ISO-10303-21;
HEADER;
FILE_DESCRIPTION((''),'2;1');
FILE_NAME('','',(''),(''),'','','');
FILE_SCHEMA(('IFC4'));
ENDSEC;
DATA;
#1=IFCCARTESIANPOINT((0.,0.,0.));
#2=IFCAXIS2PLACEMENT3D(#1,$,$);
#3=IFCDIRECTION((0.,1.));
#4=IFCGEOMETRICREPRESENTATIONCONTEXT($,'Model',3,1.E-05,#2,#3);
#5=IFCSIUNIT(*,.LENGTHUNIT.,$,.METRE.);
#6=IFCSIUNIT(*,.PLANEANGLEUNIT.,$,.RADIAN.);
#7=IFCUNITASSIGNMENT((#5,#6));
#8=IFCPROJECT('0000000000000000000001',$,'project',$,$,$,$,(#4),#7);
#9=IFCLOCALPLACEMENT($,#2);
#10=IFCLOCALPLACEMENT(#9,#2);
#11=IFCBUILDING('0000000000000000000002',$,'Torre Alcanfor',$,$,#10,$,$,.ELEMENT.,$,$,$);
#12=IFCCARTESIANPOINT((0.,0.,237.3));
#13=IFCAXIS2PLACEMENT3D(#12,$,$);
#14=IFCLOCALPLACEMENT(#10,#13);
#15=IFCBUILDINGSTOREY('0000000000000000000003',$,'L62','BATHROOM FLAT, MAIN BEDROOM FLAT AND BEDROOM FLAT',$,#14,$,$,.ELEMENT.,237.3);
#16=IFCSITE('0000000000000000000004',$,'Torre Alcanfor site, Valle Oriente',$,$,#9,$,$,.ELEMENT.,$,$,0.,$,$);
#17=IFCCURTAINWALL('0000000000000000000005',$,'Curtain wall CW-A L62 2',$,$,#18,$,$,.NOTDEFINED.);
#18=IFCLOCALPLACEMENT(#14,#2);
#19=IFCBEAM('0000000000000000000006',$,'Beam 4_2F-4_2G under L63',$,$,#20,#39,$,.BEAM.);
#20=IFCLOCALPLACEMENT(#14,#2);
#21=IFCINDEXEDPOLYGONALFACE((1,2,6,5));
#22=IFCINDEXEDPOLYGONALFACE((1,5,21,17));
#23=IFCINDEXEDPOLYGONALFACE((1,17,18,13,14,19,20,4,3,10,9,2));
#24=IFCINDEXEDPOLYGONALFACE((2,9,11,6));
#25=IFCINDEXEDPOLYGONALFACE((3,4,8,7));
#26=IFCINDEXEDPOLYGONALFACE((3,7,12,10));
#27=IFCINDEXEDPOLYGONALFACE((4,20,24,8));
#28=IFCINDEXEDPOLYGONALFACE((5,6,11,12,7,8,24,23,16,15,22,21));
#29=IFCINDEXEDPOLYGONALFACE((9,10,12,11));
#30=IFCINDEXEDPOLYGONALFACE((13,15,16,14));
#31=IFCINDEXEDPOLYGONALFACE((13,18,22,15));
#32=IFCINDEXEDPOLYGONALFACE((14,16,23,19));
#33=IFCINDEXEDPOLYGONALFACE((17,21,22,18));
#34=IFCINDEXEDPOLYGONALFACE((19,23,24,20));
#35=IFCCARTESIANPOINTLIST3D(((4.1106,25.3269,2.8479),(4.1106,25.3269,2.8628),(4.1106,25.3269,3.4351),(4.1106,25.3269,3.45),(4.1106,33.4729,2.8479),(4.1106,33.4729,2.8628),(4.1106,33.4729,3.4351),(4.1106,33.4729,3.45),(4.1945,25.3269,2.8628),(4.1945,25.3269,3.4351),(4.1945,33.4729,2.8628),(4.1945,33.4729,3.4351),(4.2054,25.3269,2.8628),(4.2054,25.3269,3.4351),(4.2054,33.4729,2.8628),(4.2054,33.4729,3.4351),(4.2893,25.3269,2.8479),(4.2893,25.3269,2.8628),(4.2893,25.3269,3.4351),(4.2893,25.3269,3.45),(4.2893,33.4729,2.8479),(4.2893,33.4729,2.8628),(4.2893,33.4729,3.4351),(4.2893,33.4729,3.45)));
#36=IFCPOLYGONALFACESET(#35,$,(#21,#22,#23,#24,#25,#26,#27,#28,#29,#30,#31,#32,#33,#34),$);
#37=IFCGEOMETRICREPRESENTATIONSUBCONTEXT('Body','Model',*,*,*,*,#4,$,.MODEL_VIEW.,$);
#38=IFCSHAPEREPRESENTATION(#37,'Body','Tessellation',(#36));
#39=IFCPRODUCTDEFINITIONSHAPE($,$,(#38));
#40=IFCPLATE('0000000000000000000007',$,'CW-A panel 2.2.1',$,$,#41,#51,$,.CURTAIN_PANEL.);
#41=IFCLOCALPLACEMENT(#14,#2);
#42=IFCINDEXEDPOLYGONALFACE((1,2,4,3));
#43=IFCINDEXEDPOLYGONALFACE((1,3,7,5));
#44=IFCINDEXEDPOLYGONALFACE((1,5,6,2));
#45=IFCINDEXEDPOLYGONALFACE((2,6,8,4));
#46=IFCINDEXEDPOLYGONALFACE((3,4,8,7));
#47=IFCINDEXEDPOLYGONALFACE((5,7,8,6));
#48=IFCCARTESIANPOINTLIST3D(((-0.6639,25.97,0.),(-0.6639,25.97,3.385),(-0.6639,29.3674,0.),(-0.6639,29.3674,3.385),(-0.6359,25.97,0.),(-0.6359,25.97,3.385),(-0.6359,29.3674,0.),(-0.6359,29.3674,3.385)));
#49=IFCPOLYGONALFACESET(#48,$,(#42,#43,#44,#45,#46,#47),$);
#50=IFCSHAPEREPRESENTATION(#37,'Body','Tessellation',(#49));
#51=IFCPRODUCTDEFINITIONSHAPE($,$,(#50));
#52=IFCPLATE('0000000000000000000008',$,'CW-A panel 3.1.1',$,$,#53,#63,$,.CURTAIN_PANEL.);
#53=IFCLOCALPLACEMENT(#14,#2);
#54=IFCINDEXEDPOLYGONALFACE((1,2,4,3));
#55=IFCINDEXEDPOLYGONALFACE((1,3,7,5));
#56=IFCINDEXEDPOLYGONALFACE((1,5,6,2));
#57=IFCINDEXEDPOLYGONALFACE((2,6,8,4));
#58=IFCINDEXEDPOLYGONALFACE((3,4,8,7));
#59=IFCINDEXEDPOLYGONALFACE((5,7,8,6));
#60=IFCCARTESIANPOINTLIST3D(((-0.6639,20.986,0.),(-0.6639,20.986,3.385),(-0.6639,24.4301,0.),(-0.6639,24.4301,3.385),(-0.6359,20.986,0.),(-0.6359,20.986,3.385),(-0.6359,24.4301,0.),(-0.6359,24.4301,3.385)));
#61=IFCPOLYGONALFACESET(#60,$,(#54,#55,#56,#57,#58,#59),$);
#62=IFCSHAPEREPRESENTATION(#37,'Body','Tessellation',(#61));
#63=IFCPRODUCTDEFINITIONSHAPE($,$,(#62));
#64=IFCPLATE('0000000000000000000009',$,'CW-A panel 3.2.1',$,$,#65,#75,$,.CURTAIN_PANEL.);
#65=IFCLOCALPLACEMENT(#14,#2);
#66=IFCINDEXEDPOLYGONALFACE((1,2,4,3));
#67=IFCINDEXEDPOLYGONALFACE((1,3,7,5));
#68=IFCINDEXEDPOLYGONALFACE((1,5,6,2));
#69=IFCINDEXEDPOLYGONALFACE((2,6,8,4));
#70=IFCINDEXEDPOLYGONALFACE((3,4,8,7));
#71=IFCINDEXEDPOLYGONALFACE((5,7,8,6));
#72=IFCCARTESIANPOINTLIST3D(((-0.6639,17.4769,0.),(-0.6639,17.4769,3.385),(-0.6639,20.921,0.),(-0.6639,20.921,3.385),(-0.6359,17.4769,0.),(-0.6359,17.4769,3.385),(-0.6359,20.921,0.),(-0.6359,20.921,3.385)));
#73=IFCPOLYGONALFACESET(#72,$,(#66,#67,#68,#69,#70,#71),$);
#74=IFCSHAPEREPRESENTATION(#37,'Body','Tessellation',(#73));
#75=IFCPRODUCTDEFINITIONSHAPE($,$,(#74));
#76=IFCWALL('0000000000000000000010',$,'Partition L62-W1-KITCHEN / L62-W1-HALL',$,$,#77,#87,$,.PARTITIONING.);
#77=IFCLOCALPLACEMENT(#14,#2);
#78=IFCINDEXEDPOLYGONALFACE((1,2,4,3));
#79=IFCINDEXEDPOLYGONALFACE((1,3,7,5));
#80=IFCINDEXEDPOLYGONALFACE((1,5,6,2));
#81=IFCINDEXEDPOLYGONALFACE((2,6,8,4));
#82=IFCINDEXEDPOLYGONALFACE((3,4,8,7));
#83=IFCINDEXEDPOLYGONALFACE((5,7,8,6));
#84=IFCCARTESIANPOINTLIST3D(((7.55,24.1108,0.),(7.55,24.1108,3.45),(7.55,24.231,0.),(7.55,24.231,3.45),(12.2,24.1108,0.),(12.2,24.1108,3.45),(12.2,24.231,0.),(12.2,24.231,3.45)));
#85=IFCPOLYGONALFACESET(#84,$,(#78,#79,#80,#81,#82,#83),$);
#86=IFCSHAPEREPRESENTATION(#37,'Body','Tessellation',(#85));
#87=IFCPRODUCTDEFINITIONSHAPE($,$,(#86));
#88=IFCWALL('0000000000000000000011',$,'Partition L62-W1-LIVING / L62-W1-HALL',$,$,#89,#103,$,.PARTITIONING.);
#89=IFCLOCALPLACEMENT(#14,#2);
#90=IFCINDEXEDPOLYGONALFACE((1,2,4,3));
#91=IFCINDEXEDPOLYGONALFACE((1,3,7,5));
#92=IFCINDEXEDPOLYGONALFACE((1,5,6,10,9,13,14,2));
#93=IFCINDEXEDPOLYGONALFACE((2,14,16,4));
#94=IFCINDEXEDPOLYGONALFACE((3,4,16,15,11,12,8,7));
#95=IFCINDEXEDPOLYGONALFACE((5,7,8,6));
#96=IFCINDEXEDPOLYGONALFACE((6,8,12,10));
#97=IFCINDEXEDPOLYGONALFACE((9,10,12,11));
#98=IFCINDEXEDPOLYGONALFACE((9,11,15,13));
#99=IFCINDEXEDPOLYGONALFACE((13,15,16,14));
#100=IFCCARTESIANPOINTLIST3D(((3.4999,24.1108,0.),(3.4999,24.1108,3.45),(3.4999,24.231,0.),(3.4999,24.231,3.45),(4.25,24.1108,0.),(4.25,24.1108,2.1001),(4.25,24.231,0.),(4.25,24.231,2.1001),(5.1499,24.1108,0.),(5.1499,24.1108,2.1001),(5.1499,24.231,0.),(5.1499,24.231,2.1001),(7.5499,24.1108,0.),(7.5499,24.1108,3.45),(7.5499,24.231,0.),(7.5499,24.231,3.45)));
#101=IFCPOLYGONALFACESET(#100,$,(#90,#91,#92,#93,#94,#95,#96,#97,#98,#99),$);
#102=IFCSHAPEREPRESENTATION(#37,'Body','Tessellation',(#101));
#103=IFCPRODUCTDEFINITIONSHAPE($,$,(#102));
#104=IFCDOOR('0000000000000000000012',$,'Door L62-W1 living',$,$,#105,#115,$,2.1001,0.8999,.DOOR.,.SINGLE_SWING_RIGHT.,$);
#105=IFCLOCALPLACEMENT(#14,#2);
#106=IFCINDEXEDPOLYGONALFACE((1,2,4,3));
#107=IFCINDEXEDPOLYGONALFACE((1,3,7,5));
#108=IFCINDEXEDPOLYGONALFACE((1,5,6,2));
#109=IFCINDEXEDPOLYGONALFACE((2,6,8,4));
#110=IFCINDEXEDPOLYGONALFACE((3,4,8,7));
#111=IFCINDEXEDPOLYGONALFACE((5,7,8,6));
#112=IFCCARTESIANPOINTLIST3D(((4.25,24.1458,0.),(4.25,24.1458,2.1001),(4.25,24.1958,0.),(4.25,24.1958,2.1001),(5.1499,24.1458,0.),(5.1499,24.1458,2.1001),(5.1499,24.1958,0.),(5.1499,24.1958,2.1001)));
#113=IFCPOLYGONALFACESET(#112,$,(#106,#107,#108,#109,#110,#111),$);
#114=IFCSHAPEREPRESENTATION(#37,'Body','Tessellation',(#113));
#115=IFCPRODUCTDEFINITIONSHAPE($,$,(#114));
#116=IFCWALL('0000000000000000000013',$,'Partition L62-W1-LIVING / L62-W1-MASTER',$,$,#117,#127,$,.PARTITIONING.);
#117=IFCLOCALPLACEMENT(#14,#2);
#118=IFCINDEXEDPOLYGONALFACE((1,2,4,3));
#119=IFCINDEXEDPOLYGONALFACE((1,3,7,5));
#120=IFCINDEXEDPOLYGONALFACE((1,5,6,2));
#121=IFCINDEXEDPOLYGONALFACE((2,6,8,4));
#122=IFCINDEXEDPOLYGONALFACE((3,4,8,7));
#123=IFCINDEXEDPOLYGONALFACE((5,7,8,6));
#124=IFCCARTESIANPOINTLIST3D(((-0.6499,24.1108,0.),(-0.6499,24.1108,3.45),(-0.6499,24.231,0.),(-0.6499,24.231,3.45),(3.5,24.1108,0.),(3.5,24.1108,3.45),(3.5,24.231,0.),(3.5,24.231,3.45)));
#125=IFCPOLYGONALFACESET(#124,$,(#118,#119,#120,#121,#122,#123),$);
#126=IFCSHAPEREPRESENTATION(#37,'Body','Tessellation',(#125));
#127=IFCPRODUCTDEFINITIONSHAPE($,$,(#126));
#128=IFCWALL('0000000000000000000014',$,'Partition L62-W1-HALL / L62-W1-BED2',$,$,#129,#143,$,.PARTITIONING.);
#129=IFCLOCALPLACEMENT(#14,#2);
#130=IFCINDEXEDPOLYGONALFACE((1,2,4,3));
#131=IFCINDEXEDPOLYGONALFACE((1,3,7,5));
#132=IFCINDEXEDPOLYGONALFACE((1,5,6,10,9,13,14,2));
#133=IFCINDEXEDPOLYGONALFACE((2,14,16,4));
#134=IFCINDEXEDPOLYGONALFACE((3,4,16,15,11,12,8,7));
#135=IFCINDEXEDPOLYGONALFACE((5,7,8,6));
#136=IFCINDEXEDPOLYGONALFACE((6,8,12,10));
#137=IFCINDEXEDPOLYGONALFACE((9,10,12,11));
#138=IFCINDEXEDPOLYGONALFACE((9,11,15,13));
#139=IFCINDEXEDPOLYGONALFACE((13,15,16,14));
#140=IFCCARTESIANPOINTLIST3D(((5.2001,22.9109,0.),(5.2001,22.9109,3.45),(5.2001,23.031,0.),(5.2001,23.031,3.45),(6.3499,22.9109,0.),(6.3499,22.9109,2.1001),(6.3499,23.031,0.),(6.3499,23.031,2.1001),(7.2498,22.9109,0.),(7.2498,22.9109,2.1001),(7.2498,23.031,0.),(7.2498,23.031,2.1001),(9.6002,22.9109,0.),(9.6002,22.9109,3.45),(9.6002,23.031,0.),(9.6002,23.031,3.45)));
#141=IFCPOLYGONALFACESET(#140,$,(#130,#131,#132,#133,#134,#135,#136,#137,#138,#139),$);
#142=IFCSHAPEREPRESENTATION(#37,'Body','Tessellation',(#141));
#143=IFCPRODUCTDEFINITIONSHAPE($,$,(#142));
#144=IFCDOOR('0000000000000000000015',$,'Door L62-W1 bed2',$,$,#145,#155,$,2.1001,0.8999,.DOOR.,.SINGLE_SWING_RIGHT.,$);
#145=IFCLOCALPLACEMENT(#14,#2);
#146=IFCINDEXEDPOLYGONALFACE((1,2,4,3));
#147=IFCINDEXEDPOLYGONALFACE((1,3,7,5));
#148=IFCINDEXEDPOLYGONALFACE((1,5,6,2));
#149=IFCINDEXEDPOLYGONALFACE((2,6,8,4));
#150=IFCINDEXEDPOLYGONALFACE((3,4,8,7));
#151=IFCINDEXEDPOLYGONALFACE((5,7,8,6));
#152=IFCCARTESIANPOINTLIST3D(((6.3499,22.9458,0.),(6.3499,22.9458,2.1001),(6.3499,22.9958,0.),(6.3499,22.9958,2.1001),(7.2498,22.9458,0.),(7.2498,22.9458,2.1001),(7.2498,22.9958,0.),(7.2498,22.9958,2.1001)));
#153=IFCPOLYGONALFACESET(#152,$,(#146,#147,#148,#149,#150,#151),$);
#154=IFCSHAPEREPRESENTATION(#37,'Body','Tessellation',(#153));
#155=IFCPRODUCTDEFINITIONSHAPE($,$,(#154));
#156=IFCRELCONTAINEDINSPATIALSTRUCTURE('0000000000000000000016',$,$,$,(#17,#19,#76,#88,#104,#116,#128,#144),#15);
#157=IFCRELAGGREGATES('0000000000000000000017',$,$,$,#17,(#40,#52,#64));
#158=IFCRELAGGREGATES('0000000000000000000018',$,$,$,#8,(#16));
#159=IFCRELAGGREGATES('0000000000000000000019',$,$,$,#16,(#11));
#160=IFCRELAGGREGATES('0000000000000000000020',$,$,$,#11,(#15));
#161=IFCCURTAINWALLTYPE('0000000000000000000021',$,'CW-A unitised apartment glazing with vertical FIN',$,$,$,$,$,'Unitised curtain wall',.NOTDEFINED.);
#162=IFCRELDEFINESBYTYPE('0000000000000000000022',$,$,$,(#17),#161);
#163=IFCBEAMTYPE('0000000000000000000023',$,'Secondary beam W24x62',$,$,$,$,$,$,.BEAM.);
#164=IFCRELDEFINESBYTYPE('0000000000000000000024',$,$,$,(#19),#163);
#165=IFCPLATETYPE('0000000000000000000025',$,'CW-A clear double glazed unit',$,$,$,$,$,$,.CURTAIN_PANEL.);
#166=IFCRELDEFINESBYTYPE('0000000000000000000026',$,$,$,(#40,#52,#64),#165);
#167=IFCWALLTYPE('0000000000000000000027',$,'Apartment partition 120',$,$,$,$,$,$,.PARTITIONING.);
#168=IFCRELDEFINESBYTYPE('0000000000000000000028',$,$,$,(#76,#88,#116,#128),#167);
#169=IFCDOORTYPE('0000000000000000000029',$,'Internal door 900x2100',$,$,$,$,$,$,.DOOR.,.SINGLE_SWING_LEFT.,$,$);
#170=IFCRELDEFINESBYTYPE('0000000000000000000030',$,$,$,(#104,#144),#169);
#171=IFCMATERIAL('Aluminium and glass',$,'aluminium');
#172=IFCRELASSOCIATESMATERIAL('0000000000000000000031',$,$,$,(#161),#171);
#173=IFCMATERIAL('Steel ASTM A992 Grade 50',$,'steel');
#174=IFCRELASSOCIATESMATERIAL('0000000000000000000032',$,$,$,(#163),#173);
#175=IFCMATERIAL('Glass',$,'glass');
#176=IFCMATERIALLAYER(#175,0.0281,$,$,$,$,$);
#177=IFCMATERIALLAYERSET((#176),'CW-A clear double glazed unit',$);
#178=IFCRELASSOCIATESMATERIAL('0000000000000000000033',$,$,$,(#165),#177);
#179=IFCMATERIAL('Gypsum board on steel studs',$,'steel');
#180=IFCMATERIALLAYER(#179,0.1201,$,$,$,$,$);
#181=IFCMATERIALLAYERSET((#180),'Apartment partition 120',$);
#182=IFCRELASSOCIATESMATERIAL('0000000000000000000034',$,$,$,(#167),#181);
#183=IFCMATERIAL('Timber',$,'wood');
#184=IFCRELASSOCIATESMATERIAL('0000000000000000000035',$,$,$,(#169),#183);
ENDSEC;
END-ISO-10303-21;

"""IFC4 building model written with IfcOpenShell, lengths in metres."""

from ifc_helpers import new_model, si_unit, direction, frame, frame_2d, origin, origin_2d, place, context, subcontext, project, spatial, rectangle, i_section, extrude, material, layer, layer_set, material_profile, profile_set, type_object, element, fill, aggregate, save


model = new_model("IFC4")

# Units and contexts
model_context = context("Model", 3, precision=1e-05, world=origin(), true_north=direction((0.0, 1.0)))
body_context = subcontext(model_context, "Body", "Model", "MODEL_VIEW")
ifc_project = project(units=[si_unit("LENGTHUNIT", "METRE"), si_unit("PLANEANGLEUNIT", "RADIAN")], contexts=[model_context])

# Site, building, storey
site_placement = place(None, origin())
site = spatial("IfcSite", under=ifc_project, at=site_placement, Name="Torre Alcanfor site, Valle Oriente", CompositionType="ELEMENT", RefElevation=0.0)
building_placement = place(site_placement, origin())
building = spatial("IfcBuilding", under=site, at=building_placement, Name="Torre Alcanfor", CompositionType="ELEMENT")
storey_placement = place(building_placement, frame((0.0, 0.0, 237.3)))
storey = spatial("IfcBuildingStorey", under=building, at=storey_placement, Name="L62", Description="BATHROOM FLAT, MAIN BEDROOM FLAT AND BEDROOM FLAT", CompositionType="ELEMENT", Elevation=237.3)

# Curtain wall
ifc_material_1 = material(Name="Aluminium and glass", Category="aluminium")
curtain_wall_type = type_object("IfcCurtainWallType", Name="CW-A unitised apartment glazing with vertical FIN", ElementType="Unitised curtain wall", PredefinedType="NOTDEFINED", material=ifc_material_1)
curtain_wall_placement = place(storey_placement, origin())
curtain_wall = element("IfcCurtainWall", 1, at=curtain_wall_placement, inside=storey, type_object=curtain_wall_type, Name="Curtain wall CW-A L62 2", PredefinedType="NOTDEFINED")

# Beam
ifc_material_2 = material(Name="Steel ASTM A992 Grade 50", Category="steel")
ifc_material_profile_1 = material_profile(ifc_material_2, i_section(OverallWidth=0.1787, OverallDepth=0.6021, WebThickness=0.011, FlangeThickness=0.0149, at=origin_2d()), Name="W24x62")
ifc_profile_set_1 = profile_set([ifc_material_profile_1], Name="Steel ASTM A992 Grade 50")
beam_type_1 = type_object("IfcBeamType", Name="Secondary beam W24x62", PredefinedType="BEAM", material=ifc_profile_set_1)
beam_1_placement = place(storey_placement, frame((4.2, 25.3269, 3.1489), z_axis=(0.0, 1.0, 0.0), x_axis=(-1.0, 0.0, 0.0)))
element("IfcBeam", 2, at=beam_1_placement, inside=storey, type_object=beam_type_1, Name="Beam 4_2F-4_2G under L63", PredefinedType="BEAM", context=body_context, shape_type="SweptSolid", body=[
    extrude(i_section(OverallWidth=0.1787, OverallDepth=0.6021, WebThickness=0.011, FlangeThickness=0.0149, at=origin_2d()), origin(), (0.0, 0.0, 1.0), 8.146),
])

# Plates
ifc_material_3 = material(Name="Glass", Category="glass")
ifc_layer_1 = layer(ifc_material_3, 0.0281)
ifc_layer_set_1 = layer_set([ifc_layer_1], Name="CW-A clear double glazed unit")
plate_type = type_object("IfcPlateType", Name="CW-A clear double glazed unit", PredefinedType="CURTAIN_PANEL", material=ifc_layer_set_1)
plate_1_placement = place(storey_placement, frame((-0.6499, 27.6687, 0.0), z_axis=(0.0, 0.0, 1.0), x_axis=(0.0, -1.0, 0.0)))
plate_1 = element("IfcPlate", 3, at=plate_1_placement, type_object=plate_type, Name="CW-A panel 2.2.1", PredefinedType="CURTAIN_PANEL", context=body_context, shape_type="SweptSolid", body=[
    extrude(rectangle(XDim=3.3975, YDim=0.0281, at=origin_2d()), origin(), (0.0, 0.0, 1.0), 3.385),
])
plate_2_placement = place(storey_placement, frame((-0.6499, 22.708, 0.0), z_axis=(0.0, 0.0, 1.0), x_axis=(0.0, -1.0, 0.0)))
plate_2 = element("IfcPlate", 4, at=plate_2_placement, type_object=plate_type, Name="CW-A panel 3.1.1", PredefinedType="CURTAIN_PANEL", context=body_context, shape_type="SweptSolid", body=[
    extrude(rectangle(XDim=3.4441, YDim=0.0281, at=origin_2d()), origin(), (0.0, 0.0, 1.0), 3.385),
])
plate_3_placement = place(storey_placement, frame((-0.6499, 19.199, 0.0), z_axis=(0.0, 0.0, 1.0), x_axis=(0.0, -1.0, 0.0)))
plate_3 = element("IfcPlate", 5, at=plate_3_placement, type_object=plate_type, Name="CW-A panel 3.2.1", PredefinedType="CURTAIN_PANEL", context=body_context, shape_type="SweptSolid", body=[
    extrude(rectangle(XDim=3.4441, YDim=0.0281, at=origin_2d()), origin(), (0.0, 0.0, 1.0), 3.385),
])
aggregate(curtain_wall, [plate_1, plate_2, plate_3])

# Wall
ifc_material_4 = material(Name="Gypsum board on steel studs", Category="steel")
ifc_layer_2 = layer(ifc_material_4, 0.1201)
ifc_layer_set_2 = layer_set([ifc_layer_2], Name="Apartment partition 120")
wall_type_1 = type_object("IfcWallType", Name="Apartment partition 120", PredefinedType="PARTITIONING", material=ifc_layer_set_2)
wall_1_placement = place(storey_placement, frame((7.55, 24.1709, 0.0), z_axis=(0.0, 0.0, 1.0), x_axis=(1.0, 0.0, 0.0)))
element("IfcWall", 6, at=wall_1_placement, inside=storey, type_object=wall_type_1, Name="Partition L62-W1-KITCHEN / L62-W1-HALL", PredefinedType="PARTITIONING", context=body_context, shape_type="SweptSolid", body=[
    extrude(rectangle(XDim=4.6499, YDim=0.1201, at=frame_2d((2.325, 0.0))), origin(), (0.0, 0.0, 1.0), 3.45),
])

# Wall, opening, door
wall_2_placement = place(storey_placement, frame((3.5, 24.1709, 0.0), z_axis=(0.0, 0.0, 1.0), x_axis=(1.0, 0.0, 0.0)))
wall_2 = element("IfcWall", 7, at=wall_2_placement, inside=storey, type_object=wall_type_1, Name="Partition L62-W1-LIVING / L62-W1-HALL", PredefinedType="PARTITIONING", context=body_context, shape_type="SweptSolid", body=[
    extrude(rectangle(XDim=4.05, YDim=0.1201, at=frame_2d((2.0249, 0.0))), origin(), (0.0, 0.0, 1.0), 3.45),
])
opening_1_placement = place(wall_2_placement, frame((0.75, 0.0, 0.0)))
opening_1 = element("IfcOpeningElement", 8, at=opening_1_placement, cuts=wall_2, PredefinedType="OPENING", context=body_context, shape_type="SweptSolid", body=[
    extrude(rectangle(XDim=0.8999, YDim=2.1001, at=frame_2d((0.45, 1.05))), frame((0.0, 0.0701, 0.0), z_axis=(0.0, -1.0, 0.0), x_axis=(1.0, 0.0, 0.0)), (0.0, 0.0, 1.0), 0.1401),
])
ifc_material_5 = material(Name="Timber", Category="wood")
door_type_1 = type_object("IfcDoorType", Name="Internal door 900x2100", OperationType="SINGLE_SWING_LEFT", PredefinedType="DOOR", material=ifc_material_5)
door_1_placement = place(opening_1_placement, origin())
door_1 = element("IfcDoor", 9, at=door_1_placement, inside=storey, type_object=door_type_1, Name="Door L62-W1 living", OperationType="SINGLE_SWING_RIGHT", OverallHeight=2.1001, OverallWidth=0.8999, PredefinedType="DOOR", context=body_context, shape_type="SweptSolid", body=[
    extrude(rectangle(XDim=0.8999, YDim=2.1001, at=frame_2d((0.45, 1.05))), frame((0.0, 0.0249, 0.0), z_axis=(0.0, -1.0, 0.0), x_axis=(1.0, 0.0, 0.0)), (0.0, 0.0, 1.0), 0.05),
])
fill(opening_1, door_1)

# Wall
wall_3_placement = place(storey_placement, frame((-0.6499, 24.1709, 0.0), z_axis=(0.0, 0.0, 1.0), x_axis=(1.0, 0.0, 0.0)))
element("IfcWall", 10, at=wall_3_placement, inside=storey, type_object=wall_type_1, Name="Partition L62-W1-LIVING / L62-W1-MASTER", PredefinedType="PARTITIONING", context=body_context, shape_type="SweptSolid", body=[
    extrude(rectangle(XDim=4.1499, YDim=0.1201, at=frame_2d((2.075, 0.0))), origin(), (0.0, 0.0, 1.0), 3.45),
])

# Wall, opening, door
wall_4_placement = place(storey_placement, frame((5.2, 22.9709, 0.0), z_axis=(0.0, 0.0, 1.0), x_axis=(1.0, 0.0, 0.0)))
wall_4 = element("IfcWall", 11, at=wall_4_placement, inside=storey, type_object=wall_type_1, Name="Partition L62-W1-HALL / L62-W1-BED2", PredefinedType="PARTITIONING", context=body_context, shape_type="SweptSolid", body=[
    extrude(rectangle(XDim=4.4001, YDim=0.1201, at=frame_2d((2.2002, 0.0))), origin(), (0.0, 0.0, 1.0), 3.45),
])
opening_2_placement = place(wall_4_placement, frame((1.1499, 0.0, 0.0)))
opening_2 = element("IfcOpeningElement", 12, at=opening_2_placement, cuts=wall_4, PredefinedType="OPENING", context=body_context, shape_type="SweptSolid", body=[
    extrude(rectangle(XDim=0.8999, YDim=2.1001, at=frame_2d((0.45, 1.05))), frame((0.0, 0.0701, 0.0), z_axis=(0.0, -1.0, 0.0), x_axis=(1.0, 0.0, 0.0)), (0.0, 0.0, 1.0), 0.1401),
])
door_2_placement = place(opening_2_placement, frame((0.8999, 0.0, 0.0), z_axis=(0.0, 0.0, 1.0), x_axis=(-1.0, 0.0, 0.0)))
door_2 = element("IfcDoor", 13, at=door_2_placement, inside=storey, type_object=door_type_1, Name="Door L62-W1 bed2", OperationType="SINGLE_SWING_RIGHT", OverallHeight=2.1001, OverallWidth=0.8999, PredefinedType="DOOR", context=body_context, shape_type="SweptSolid", body=[
    extrude(rectangle(XDim=0.8999, YDim=2.1001, at=frame_2d((0.45, 1.05))), frame((0.0, 0.0251, 0.0), z_axis=(0.0, -1.0, 0.0), x_axis=(1.0, 0.0, 0.0)), (0.0, 0.0, 1.0), 0.05),
])
fill(opening_2, door_2)

save(model, "model.ifc")
